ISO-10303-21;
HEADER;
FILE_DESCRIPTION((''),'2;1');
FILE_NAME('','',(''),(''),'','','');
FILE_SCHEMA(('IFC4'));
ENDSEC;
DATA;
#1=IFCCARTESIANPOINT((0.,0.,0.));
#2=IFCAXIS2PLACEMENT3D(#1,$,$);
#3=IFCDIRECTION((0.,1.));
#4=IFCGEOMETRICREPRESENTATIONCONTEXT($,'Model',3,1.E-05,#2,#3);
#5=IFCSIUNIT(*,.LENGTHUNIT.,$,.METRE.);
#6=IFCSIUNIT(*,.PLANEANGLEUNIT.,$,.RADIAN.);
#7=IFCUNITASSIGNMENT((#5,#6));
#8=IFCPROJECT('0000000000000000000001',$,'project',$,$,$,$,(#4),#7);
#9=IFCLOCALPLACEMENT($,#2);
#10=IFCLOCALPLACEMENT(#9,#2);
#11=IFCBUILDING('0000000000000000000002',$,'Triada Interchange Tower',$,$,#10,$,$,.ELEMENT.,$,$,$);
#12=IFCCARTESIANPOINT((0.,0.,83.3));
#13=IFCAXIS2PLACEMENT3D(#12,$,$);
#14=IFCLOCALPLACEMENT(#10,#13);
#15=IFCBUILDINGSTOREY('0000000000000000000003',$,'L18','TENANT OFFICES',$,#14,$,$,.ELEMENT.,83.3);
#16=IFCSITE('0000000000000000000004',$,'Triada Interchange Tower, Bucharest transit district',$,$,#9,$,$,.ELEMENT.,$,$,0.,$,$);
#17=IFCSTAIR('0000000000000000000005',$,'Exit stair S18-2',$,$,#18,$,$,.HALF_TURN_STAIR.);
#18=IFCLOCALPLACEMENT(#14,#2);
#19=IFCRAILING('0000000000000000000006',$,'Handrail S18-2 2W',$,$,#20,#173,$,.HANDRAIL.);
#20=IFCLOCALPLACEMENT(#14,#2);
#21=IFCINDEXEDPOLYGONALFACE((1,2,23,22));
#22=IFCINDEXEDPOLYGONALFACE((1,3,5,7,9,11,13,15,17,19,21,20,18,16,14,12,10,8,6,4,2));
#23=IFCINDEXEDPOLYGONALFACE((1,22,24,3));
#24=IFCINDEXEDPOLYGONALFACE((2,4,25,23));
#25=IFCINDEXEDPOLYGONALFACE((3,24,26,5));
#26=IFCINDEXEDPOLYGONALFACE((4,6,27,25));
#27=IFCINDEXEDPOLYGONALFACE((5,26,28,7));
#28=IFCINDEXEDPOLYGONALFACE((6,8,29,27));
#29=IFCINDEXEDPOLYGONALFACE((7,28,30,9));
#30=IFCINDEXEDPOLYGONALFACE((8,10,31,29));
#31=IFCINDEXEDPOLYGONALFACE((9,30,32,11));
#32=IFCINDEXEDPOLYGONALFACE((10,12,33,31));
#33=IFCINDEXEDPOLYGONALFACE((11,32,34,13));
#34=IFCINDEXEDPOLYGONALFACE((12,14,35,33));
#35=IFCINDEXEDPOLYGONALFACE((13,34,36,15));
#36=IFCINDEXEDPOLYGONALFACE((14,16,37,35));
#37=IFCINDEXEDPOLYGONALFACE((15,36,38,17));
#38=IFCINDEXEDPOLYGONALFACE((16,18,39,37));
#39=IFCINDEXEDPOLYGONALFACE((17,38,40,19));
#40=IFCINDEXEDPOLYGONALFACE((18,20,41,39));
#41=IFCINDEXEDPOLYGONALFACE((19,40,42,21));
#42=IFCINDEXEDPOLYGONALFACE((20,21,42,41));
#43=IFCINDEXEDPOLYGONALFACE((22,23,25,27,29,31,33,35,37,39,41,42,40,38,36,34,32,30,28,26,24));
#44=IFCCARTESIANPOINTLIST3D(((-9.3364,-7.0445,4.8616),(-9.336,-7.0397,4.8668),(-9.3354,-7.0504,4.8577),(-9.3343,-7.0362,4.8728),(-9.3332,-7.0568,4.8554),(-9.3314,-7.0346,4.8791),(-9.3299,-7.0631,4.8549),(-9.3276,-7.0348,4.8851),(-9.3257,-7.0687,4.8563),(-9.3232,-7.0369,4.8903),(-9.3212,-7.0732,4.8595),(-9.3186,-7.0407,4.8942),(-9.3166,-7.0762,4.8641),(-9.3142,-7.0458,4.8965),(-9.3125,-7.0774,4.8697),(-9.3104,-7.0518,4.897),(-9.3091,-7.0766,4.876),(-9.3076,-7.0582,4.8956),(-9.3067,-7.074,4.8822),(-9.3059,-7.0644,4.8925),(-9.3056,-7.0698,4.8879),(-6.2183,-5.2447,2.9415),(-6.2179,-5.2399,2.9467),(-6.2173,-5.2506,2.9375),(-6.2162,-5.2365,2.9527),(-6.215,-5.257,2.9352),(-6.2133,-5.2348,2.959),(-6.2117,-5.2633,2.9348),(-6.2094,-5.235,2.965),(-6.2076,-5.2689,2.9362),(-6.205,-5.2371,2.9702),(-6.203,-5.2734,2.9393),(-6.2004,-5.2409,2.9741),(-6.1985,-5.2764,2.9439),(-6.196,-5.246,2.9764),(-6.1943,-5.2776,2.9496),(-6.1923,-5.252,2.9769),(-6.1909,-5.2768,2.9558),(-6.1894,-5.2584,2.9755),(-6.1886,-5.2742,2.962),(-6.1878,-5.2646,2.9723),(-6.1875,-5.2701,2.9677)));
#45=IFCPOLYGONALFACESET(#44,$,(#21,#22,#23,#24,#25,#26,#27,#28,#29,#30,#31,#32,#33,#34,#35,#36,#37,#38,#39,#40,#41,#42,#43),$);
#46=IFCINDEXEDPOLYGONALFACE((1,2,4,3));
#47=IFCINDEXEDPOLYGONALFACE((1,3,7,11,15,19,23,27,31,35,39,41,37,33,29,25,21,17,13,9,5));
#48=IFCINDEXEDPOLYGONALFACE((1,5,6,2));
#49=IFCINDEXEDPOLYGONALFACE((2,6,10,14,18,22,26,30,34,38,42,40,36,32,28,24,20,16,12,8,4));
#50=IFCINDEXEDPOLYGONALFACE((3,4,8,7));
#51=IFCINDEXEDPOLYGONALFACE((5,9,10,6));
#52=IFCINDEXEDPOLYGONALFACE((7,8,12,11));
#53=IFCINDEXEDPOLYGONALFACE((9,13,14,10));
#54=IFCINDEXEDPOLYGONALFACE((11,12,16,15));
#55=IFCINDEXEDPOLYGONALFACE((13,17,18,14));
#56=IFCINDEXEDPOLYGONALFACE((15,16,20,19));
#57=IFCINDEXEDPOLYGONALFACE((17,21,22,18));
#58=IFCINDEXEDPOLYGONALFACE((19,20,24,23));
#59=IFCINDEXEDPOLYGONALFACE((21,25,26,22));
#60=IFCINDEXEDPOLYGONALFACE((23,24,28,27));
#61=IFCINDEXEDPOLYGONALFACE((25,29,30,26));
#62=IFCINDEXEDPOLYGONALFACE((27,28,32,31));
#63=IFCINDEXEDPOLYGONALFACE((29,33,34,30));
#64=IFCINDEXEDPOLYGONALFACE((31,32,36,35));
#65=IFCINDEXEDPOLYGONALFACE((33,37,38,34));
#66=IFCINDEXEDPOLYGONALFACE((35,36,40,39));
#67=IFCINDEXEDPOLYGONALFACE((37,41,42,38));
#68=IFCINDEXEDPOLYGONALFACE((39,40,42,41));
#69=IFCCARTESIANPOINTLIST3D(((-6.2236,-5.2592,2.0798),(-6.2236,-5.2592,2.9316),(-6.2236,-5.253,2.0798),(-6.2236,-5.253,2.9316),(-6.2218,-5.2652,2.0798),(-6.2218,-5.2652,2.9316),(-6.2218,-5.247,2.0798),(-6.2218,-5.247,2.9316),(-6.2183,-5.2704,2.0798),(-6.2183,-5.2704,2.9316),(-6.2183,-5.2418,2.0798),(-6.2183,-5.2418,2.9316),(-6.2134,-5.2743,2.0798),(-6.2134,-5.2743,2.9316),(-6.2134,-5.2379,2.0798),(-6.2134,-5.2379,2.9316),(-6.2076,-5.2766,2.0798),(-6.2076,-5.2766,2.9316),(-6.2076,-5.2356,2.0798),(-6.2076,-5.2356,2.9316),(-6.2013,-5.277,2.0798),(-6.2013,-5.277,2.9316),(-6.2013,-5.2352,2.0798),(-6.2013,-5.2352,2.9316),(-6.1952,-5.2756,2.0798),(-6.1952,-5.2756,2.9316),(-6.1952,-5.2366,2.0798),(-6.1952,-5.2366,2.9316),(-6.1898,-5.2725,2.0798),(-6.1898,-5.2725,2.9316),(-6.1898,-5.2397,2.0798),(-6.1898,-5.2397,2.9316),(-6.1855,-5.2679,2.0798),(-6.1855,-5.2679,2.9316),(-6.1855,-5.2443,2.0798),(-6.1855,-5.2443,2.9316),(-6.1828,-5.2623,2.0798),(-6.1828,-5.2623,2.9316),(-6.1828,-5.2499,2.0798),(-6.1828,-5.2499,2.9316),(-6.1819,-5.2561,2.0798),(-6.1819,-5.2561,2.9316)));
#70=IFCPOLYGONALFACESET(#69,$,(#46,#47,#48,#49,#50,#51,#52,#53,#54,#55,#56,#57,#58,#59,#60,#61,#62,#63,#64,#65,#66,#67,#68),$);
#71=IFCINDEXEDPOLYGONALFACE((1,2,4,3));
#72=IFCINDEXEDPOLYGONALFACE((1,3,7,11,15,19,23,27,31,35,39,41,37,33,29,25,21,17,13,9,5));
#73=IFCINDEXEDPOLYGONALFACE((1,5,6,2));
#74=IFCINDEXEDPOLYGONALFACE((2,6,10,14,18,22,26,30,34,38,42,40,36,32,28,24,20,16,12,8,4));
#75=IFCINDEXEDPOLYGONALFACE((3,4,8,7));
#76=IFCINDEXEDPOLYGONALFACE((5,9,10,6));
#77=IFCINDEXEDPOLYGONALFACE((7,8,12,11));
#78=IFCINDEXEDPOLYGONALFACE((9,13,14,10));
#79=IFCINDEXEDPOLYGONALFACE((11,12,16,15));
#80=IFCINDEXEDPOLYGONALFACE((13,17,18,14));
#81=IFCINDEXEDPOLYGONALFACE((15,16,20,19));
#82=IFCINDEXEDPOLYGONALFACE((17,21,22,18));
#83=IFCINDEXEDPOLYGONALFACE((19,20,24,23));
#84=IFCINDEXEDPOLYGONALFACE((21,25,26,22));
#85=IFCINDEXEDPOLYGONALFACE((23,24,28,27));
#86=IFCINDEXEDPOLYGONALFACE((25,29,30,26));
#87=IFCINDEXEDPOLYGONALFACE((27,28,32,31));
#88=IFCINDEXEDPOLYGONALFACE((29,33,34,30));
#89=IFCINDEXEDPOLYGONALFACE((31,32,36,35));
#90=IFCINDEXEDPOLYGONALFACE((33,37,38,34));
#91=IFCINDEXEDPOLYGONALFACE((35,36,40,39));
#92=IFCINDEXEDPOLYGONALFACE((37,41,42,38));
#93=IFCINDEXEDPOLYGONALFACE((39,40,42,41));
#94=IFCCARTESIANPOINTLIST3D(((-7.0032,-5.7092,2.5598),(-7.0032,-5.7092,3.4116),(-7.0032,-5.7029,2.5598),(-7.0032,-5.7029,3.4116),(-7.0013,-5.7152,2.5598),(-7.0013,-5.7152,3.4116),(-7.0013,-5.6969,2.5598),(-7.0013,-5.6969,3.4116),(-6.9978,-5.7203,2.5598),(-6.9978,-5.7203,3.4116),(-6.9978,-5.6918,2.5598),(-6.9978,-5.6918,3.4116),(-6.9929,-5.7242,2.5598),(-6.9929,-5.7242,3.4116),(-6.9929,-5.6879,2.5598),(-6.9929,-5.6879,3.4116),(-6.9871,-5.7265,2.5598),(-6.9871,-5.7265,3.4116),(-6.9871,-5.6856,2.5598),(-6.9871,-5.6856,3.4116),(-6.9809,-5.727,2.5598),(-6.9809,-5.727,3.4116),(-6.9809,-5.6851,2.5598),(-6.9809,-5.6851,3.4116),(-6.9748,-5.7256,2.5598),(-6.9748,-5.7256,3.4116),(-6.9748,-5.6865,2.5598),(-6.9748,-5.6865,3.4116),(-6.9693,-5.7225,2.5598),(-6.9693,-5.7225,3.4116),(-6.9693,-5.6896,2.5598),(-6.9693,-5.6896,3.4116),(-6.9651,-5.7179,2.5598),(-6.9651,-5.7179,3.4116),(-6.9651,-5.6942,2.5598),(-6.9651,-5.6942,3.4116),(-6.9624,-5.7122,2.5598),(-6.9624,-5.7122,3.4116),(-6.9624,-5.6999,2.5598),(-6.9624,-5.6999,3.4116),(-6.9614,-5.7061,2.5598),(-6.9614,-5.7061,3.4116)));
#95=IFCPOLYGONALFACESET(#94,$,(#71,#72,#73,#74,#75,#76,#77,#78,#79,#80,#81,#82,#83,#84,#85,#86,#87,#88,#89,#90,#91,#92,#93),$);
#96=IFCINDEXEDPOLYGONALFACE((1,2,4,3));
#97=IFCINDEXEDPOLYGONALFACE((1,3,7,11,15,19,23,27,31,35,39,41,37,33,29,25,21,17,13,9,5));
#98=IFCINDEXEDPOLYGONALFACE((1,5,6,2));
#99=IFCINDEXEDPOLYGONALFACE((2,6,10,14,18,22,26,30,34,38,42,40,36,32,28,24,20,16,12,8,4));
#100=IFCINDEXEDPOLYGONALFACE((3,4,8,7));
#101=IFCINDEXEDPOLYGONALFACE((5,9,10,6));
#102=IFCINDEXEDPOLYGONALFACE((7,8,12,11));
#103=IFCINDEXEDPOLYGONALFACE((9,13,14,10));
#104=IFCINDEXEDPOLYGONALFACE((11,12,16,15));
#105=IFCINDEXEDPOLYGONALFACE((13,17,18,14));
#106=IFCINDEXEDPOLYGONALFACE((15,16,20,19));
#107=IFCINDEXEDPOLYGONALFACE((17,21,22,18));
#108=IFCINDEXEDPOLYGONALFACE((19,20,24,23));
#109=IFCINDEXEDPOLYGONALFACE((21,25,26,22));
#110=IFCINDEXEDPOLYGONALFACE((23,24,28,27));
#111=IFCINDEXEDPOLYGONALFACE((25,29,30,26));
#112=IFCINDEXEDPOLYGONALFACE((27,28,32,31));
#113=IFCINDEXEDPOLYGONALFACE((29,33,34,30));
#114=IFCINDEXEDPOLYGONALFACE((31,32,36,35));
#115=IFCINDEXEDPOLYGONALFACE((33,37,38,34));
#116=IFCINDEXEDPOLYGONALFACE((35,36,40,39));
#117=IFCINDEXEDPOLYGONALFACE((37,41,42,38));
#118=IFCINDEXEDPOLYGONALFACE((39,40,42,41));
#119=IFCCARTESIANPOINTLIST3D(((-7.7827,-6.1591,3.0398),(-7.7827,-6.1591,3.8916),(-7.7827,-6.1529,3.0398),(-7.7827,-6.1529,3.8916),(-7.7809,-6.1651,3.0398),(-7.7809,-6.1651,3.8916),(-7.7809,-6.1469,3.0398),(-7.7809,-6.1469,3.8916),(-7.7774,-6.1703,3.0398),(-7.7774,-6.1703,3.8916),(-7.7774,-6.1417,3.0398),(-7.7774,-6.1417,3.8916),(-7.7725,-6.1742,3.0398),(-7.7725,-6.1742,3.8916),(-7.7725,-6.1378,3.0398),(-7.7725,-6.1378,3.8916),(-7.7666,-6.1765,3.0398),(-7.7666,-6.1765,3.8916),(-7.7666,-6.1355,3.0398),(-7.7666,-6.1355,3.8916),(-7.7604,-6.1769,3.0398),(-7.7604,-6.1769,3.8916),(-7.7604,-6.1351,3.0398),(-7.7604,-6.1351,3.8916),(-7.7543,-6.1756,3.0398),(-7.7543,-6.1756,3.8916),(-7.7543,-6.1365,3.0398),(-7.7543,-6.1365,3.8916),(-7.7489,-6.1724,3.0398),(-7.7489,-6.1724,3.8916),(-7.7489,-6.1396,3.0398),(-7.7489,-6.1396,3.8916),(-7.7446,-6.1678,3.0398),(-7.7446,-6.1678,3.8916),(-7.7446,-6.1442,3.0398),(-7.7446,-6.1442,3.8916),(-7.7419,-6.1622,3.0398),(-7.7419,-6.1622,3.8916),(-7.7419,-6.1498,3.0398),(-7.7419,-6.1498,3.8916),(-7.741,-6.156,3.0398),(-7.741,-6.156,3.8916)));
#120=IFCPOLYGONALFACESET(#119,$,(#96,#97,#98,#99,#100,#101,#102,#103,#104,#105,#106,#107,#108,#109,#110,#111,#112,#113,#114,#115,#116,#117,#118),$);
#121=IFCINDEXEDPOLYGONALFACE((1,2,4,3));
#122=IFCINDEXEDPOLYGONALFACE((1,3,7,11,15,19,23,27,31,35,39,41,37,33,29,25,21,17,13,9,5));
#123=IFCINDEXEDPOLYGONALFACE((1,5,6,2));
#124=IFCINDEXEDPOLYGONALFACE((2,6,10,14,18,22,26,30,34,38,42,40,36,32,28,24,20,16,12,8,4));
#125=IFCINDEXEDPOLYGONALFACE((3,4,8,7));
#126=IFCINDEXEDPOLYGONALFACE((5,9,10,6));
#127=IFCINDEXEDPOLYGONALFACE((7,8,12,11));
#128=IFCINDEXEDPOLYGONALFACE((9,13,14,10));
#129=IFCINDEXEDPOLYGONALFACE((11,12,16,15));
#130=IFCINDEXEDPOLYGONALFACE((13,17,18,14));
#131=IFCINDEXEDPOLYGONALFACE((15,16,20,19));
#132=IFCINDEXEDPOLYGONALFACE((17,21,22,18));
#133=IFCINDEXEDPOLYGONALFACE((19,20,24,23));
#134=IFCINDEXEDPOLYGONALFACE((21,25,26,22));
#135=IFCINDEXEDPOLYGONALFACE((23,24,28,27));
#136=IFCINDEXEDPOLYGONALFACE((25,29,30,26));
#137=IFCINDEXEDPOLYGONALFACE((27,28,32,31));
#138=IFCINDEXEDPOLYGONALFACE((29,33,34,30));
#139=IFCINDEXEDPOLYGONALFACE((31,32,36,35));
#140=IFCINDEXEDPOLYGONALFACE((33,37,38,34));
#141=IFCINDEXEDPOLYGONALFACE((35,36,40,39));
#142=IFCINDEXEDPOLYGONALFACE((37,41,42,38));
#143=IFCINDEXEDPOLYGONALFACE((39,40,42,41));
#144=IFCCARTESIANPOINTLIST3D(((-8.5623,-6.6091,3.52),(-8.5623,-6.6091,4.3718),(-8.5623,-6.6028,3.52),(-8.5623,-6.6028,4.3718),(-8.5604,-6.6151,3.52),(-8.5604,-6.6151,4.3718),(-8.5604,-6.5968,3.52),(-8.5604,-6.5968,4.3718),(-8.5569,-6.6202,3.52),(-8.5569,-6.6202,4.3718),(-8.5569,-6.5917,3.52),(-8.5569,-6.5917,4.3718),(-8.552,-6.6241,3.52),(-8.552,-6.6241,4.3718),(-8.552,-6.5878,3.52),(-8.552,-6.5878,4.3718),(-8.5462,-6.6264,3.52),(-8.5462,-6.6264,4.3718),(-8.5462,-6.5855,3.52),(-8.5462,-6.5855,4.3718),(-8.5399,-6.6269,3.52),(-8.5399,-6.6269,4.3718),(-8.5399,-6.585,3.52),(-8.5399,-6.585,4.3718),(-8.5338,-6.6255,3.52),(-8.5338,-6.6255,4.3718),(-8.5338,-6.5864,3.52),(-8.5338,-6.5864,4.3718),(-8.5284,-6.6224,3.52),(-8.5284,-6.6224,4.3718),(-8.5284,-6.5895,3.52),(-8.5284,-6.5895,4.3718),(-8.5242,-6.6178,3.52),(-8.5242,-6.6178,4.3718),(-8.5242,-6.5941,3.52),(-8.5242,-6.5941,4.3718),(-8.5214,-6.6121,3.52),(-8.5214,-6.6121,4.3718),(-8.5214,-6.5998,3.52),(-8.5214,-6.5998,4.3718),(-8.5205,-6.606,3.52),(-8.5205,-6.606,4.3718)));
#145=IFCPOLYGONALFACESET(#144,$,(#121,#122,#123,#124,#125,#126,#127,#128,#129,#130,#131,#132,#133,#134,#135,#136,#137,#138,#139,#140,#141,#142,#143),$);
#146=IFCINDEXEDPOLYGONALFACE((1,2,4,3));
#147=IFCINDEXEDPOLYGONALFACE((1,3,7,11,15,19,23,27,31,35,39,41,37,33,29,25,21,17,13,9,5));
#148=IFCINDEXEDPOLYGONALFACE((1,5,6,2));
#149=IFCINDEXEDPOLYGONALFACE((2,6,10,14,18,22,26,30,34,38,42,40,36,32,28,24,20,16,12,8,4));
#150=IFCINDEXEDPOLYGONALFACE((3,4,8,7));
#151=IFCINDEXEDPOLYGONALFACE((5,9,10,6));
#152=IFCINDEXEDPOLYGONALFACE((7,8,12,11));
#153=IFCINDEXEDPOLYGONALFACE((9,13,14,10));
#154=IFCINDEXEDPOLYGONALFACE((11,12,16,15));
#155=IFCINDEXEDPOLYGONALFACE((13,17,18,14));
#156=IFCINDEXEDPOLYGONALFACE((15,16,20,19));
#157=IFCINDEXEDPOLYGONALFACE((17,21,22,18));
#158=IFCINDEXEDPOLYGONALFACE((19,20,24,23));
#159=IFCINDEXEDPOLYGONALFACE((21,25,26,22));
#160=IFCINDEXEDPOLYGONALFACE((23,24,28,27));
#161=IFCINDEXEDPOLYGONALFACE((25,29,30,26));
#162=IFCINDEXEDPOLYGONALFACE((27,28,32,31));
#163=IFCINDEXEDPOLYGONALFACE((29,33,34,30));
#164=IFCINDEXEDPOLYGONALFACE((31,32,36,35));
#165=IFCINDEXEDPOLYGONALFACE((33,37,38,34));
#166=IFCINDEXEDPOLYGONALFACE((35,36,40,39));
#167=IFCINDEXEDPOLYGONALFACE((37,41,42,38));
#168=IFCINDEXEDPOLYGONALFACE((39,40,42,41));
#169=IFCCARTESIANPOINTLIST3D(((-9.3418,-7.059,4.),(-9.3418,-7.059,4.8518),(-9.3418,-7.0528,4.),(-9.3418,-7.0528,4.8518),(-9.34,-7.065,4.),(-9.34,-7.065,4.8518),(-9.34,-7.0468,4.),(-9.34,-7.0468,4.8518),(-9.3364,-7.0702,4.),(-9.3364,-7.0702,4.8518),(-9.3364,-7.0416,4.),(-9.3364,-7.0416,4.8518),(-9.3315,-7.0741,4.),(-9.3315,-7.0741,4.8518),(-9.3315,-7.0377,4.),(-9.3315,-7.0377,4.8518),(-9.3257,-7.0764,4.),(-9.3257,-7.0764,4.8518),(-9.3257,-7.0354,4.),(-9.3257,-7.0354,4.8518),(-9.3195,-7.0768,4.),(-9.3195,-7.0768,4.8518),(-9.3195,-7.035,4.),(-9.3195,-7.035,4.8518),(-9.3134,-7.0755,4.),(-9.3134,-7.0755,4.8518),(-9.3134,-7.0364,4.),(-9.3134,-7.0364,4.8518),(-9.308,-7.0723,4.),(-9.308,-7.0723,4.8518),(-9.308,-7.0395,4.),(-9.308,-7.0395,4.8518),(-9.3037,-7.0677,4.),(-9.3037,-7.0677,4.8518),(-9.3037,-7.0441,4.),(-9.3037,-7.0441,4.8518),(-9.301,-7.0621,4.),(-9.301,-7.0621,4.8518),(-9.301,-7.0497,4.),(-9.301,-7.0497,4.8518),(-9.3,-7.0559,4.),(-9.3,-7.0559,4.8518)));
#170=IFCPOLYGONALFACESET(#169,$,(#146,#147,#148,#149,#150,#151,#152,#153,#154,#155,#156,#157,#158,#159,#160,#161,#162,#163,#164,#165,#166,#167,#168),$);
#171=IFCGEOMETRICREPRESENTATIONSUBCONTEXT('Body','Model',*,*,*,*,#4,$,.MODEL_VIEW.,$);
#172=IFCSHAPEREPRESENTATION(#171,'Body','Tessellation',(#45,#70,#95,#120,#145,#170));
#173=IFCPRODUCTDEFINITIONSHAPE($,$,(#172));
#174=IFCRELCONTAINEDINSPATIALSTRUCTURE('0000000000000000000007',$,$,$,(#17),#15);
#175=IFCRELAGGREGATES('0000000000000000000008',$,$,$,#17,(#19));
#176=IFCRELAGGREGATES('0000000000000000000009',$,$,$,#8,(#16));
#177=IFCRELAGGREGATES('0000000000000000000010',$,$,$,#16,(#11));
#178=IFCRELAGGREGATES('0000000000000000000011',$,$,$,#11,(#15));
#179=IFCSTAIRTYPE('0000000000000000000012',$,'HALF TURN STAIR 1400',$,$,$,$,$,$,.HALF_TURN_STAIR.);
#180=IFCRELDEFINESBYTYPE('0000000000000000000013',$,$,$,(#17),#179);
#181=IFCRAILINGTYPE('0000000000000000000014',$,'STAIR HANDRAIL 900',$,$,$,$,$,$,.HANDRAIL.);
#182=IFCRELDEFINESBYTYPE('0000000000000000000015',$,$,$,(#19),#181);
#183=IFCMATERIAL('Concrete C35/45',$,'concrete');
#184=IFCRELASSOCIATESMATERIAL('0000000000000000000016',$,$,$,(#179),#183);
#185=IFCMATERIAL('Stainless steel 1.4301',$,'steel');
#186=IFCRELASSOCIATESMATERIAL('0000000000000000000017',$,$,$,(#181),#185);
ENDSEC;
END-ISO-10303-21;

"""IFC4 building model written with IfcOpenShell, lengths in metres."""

from ifc_helpers import new_model, si_unit, direction, frame, origin, origin_2d, place, context, subcontext, project, spatial, circle, extrude, material, type_object, element, aggregate, save


model = new_model("IFC4")

# Units and contexts
model_context = context("Model", 3, precision=1e-05, world=origin(), true_north=direction((0.0, 1.0)))
body_context = subcontext(model_context, "Body", "Model", "MODEL_VIEW")
ifc_project = project(units=[si_unit("LENGTHUNIT", "METRE"), si_unit("PLANEANGLEUNIT", "RADIAN")], contexts=[model_context])

# Site, building, storey
site_placement = place(None, origin())
site = spatial("IfcSite", under=ifc_project, at=site_placement, Name="Triada Interchange Tower, Bucharest transit district", CompositionType="ELEMENT", RefElevation=0.0)
building_placement = place(site_placement, origin())
building = spatial("IfcBuilding", under=site, at=building_placement, Name="Triada Interchange Tower", CompositionType="ELEMENT")
storey_placement = place(building_placement, frame((0.0, 0.0, 83.3)))
storey = spatial("IfcBuildingStorey", under=building, at=storey_placement, Name="L18", Description="TENANT OFFICES", CompositionType="ELEMENT", Elevation=83.3)

# Stair
ifc_material_1 = material(Name="Concrete C35/45", Category="concrete")
stair_type = type_object("IfcStairType", Name="HALF TURN STAIR 1400", PredefinedType="HALF_TURN_STAIR", material=ifc_material_1)
stair_placement = place(storey_placement, origin())
stair = element("IfcStair", 1, at=stair_placement, inside=storey, type_object=stair_type, Name="Exit stair S18-2", PredefinedType="HALF_TURN_STAIR")

# Railing
ifc_material_2 = material(Name="Stainless steel 1.4301", Category="steel")
railing_type = type_object("IfcRailingType", Name="STAIR HANDRAIL 900", PredefinedType="HANDRAIL", material=ifc_material_2)
railing_1_placement = place(storey_placement, frame((-6.2029, -5.2561, 2.0798)))
railing_1 = element("IfcRailing", 2, at=railing_1_placement, type_object=railing_type, Name="Handrail S18-2 2W", PredefinedType="HANDRAIL", context=body_context, shape_type="SweptSolid", body=[
    extrude(circle(Radius=0.0239, at=origin_2d()), frame((0.0, 0.0, 0.876), z_axis=(-0.76419, -0.44109, 0.470588), x_axis=(0.499902, -0.866082, 0.0)), (0.0, 0.0, 1.0), 4.0803),
    extrude(circle(Radius=0.021, at=origin_2d()), origin(), (0.0, 0.0, 1.0), 0.8518),
    extrude(circle(Radius=0.021, at=origin_2d()), frame((-0.7795, -0.45, 0.48)), (0.0, 0.0, 1.0), 0.8518),
    extrude(circle(Radius=0.021, at=origin_2d()), frame((-1.5591, -0.8999, 0.96)), (0.0, 0.0, 1.0), 0.8518),
    extrude(circle(Radius=0.021, at=origin_2d()), frame((-2.3386, -1.3499, 1.4402)), (0.0, 0.0, 1.0), 0.8518),
    extrude(circle(Radius=0.021, at=origin_2d()), frame((-3.1182, -1.7998, 1.9202)), (0.0, 0.0, 1.0), 0.8518),
])
aggregate(stair, [railing_1])

save(model, "model.ifc")
